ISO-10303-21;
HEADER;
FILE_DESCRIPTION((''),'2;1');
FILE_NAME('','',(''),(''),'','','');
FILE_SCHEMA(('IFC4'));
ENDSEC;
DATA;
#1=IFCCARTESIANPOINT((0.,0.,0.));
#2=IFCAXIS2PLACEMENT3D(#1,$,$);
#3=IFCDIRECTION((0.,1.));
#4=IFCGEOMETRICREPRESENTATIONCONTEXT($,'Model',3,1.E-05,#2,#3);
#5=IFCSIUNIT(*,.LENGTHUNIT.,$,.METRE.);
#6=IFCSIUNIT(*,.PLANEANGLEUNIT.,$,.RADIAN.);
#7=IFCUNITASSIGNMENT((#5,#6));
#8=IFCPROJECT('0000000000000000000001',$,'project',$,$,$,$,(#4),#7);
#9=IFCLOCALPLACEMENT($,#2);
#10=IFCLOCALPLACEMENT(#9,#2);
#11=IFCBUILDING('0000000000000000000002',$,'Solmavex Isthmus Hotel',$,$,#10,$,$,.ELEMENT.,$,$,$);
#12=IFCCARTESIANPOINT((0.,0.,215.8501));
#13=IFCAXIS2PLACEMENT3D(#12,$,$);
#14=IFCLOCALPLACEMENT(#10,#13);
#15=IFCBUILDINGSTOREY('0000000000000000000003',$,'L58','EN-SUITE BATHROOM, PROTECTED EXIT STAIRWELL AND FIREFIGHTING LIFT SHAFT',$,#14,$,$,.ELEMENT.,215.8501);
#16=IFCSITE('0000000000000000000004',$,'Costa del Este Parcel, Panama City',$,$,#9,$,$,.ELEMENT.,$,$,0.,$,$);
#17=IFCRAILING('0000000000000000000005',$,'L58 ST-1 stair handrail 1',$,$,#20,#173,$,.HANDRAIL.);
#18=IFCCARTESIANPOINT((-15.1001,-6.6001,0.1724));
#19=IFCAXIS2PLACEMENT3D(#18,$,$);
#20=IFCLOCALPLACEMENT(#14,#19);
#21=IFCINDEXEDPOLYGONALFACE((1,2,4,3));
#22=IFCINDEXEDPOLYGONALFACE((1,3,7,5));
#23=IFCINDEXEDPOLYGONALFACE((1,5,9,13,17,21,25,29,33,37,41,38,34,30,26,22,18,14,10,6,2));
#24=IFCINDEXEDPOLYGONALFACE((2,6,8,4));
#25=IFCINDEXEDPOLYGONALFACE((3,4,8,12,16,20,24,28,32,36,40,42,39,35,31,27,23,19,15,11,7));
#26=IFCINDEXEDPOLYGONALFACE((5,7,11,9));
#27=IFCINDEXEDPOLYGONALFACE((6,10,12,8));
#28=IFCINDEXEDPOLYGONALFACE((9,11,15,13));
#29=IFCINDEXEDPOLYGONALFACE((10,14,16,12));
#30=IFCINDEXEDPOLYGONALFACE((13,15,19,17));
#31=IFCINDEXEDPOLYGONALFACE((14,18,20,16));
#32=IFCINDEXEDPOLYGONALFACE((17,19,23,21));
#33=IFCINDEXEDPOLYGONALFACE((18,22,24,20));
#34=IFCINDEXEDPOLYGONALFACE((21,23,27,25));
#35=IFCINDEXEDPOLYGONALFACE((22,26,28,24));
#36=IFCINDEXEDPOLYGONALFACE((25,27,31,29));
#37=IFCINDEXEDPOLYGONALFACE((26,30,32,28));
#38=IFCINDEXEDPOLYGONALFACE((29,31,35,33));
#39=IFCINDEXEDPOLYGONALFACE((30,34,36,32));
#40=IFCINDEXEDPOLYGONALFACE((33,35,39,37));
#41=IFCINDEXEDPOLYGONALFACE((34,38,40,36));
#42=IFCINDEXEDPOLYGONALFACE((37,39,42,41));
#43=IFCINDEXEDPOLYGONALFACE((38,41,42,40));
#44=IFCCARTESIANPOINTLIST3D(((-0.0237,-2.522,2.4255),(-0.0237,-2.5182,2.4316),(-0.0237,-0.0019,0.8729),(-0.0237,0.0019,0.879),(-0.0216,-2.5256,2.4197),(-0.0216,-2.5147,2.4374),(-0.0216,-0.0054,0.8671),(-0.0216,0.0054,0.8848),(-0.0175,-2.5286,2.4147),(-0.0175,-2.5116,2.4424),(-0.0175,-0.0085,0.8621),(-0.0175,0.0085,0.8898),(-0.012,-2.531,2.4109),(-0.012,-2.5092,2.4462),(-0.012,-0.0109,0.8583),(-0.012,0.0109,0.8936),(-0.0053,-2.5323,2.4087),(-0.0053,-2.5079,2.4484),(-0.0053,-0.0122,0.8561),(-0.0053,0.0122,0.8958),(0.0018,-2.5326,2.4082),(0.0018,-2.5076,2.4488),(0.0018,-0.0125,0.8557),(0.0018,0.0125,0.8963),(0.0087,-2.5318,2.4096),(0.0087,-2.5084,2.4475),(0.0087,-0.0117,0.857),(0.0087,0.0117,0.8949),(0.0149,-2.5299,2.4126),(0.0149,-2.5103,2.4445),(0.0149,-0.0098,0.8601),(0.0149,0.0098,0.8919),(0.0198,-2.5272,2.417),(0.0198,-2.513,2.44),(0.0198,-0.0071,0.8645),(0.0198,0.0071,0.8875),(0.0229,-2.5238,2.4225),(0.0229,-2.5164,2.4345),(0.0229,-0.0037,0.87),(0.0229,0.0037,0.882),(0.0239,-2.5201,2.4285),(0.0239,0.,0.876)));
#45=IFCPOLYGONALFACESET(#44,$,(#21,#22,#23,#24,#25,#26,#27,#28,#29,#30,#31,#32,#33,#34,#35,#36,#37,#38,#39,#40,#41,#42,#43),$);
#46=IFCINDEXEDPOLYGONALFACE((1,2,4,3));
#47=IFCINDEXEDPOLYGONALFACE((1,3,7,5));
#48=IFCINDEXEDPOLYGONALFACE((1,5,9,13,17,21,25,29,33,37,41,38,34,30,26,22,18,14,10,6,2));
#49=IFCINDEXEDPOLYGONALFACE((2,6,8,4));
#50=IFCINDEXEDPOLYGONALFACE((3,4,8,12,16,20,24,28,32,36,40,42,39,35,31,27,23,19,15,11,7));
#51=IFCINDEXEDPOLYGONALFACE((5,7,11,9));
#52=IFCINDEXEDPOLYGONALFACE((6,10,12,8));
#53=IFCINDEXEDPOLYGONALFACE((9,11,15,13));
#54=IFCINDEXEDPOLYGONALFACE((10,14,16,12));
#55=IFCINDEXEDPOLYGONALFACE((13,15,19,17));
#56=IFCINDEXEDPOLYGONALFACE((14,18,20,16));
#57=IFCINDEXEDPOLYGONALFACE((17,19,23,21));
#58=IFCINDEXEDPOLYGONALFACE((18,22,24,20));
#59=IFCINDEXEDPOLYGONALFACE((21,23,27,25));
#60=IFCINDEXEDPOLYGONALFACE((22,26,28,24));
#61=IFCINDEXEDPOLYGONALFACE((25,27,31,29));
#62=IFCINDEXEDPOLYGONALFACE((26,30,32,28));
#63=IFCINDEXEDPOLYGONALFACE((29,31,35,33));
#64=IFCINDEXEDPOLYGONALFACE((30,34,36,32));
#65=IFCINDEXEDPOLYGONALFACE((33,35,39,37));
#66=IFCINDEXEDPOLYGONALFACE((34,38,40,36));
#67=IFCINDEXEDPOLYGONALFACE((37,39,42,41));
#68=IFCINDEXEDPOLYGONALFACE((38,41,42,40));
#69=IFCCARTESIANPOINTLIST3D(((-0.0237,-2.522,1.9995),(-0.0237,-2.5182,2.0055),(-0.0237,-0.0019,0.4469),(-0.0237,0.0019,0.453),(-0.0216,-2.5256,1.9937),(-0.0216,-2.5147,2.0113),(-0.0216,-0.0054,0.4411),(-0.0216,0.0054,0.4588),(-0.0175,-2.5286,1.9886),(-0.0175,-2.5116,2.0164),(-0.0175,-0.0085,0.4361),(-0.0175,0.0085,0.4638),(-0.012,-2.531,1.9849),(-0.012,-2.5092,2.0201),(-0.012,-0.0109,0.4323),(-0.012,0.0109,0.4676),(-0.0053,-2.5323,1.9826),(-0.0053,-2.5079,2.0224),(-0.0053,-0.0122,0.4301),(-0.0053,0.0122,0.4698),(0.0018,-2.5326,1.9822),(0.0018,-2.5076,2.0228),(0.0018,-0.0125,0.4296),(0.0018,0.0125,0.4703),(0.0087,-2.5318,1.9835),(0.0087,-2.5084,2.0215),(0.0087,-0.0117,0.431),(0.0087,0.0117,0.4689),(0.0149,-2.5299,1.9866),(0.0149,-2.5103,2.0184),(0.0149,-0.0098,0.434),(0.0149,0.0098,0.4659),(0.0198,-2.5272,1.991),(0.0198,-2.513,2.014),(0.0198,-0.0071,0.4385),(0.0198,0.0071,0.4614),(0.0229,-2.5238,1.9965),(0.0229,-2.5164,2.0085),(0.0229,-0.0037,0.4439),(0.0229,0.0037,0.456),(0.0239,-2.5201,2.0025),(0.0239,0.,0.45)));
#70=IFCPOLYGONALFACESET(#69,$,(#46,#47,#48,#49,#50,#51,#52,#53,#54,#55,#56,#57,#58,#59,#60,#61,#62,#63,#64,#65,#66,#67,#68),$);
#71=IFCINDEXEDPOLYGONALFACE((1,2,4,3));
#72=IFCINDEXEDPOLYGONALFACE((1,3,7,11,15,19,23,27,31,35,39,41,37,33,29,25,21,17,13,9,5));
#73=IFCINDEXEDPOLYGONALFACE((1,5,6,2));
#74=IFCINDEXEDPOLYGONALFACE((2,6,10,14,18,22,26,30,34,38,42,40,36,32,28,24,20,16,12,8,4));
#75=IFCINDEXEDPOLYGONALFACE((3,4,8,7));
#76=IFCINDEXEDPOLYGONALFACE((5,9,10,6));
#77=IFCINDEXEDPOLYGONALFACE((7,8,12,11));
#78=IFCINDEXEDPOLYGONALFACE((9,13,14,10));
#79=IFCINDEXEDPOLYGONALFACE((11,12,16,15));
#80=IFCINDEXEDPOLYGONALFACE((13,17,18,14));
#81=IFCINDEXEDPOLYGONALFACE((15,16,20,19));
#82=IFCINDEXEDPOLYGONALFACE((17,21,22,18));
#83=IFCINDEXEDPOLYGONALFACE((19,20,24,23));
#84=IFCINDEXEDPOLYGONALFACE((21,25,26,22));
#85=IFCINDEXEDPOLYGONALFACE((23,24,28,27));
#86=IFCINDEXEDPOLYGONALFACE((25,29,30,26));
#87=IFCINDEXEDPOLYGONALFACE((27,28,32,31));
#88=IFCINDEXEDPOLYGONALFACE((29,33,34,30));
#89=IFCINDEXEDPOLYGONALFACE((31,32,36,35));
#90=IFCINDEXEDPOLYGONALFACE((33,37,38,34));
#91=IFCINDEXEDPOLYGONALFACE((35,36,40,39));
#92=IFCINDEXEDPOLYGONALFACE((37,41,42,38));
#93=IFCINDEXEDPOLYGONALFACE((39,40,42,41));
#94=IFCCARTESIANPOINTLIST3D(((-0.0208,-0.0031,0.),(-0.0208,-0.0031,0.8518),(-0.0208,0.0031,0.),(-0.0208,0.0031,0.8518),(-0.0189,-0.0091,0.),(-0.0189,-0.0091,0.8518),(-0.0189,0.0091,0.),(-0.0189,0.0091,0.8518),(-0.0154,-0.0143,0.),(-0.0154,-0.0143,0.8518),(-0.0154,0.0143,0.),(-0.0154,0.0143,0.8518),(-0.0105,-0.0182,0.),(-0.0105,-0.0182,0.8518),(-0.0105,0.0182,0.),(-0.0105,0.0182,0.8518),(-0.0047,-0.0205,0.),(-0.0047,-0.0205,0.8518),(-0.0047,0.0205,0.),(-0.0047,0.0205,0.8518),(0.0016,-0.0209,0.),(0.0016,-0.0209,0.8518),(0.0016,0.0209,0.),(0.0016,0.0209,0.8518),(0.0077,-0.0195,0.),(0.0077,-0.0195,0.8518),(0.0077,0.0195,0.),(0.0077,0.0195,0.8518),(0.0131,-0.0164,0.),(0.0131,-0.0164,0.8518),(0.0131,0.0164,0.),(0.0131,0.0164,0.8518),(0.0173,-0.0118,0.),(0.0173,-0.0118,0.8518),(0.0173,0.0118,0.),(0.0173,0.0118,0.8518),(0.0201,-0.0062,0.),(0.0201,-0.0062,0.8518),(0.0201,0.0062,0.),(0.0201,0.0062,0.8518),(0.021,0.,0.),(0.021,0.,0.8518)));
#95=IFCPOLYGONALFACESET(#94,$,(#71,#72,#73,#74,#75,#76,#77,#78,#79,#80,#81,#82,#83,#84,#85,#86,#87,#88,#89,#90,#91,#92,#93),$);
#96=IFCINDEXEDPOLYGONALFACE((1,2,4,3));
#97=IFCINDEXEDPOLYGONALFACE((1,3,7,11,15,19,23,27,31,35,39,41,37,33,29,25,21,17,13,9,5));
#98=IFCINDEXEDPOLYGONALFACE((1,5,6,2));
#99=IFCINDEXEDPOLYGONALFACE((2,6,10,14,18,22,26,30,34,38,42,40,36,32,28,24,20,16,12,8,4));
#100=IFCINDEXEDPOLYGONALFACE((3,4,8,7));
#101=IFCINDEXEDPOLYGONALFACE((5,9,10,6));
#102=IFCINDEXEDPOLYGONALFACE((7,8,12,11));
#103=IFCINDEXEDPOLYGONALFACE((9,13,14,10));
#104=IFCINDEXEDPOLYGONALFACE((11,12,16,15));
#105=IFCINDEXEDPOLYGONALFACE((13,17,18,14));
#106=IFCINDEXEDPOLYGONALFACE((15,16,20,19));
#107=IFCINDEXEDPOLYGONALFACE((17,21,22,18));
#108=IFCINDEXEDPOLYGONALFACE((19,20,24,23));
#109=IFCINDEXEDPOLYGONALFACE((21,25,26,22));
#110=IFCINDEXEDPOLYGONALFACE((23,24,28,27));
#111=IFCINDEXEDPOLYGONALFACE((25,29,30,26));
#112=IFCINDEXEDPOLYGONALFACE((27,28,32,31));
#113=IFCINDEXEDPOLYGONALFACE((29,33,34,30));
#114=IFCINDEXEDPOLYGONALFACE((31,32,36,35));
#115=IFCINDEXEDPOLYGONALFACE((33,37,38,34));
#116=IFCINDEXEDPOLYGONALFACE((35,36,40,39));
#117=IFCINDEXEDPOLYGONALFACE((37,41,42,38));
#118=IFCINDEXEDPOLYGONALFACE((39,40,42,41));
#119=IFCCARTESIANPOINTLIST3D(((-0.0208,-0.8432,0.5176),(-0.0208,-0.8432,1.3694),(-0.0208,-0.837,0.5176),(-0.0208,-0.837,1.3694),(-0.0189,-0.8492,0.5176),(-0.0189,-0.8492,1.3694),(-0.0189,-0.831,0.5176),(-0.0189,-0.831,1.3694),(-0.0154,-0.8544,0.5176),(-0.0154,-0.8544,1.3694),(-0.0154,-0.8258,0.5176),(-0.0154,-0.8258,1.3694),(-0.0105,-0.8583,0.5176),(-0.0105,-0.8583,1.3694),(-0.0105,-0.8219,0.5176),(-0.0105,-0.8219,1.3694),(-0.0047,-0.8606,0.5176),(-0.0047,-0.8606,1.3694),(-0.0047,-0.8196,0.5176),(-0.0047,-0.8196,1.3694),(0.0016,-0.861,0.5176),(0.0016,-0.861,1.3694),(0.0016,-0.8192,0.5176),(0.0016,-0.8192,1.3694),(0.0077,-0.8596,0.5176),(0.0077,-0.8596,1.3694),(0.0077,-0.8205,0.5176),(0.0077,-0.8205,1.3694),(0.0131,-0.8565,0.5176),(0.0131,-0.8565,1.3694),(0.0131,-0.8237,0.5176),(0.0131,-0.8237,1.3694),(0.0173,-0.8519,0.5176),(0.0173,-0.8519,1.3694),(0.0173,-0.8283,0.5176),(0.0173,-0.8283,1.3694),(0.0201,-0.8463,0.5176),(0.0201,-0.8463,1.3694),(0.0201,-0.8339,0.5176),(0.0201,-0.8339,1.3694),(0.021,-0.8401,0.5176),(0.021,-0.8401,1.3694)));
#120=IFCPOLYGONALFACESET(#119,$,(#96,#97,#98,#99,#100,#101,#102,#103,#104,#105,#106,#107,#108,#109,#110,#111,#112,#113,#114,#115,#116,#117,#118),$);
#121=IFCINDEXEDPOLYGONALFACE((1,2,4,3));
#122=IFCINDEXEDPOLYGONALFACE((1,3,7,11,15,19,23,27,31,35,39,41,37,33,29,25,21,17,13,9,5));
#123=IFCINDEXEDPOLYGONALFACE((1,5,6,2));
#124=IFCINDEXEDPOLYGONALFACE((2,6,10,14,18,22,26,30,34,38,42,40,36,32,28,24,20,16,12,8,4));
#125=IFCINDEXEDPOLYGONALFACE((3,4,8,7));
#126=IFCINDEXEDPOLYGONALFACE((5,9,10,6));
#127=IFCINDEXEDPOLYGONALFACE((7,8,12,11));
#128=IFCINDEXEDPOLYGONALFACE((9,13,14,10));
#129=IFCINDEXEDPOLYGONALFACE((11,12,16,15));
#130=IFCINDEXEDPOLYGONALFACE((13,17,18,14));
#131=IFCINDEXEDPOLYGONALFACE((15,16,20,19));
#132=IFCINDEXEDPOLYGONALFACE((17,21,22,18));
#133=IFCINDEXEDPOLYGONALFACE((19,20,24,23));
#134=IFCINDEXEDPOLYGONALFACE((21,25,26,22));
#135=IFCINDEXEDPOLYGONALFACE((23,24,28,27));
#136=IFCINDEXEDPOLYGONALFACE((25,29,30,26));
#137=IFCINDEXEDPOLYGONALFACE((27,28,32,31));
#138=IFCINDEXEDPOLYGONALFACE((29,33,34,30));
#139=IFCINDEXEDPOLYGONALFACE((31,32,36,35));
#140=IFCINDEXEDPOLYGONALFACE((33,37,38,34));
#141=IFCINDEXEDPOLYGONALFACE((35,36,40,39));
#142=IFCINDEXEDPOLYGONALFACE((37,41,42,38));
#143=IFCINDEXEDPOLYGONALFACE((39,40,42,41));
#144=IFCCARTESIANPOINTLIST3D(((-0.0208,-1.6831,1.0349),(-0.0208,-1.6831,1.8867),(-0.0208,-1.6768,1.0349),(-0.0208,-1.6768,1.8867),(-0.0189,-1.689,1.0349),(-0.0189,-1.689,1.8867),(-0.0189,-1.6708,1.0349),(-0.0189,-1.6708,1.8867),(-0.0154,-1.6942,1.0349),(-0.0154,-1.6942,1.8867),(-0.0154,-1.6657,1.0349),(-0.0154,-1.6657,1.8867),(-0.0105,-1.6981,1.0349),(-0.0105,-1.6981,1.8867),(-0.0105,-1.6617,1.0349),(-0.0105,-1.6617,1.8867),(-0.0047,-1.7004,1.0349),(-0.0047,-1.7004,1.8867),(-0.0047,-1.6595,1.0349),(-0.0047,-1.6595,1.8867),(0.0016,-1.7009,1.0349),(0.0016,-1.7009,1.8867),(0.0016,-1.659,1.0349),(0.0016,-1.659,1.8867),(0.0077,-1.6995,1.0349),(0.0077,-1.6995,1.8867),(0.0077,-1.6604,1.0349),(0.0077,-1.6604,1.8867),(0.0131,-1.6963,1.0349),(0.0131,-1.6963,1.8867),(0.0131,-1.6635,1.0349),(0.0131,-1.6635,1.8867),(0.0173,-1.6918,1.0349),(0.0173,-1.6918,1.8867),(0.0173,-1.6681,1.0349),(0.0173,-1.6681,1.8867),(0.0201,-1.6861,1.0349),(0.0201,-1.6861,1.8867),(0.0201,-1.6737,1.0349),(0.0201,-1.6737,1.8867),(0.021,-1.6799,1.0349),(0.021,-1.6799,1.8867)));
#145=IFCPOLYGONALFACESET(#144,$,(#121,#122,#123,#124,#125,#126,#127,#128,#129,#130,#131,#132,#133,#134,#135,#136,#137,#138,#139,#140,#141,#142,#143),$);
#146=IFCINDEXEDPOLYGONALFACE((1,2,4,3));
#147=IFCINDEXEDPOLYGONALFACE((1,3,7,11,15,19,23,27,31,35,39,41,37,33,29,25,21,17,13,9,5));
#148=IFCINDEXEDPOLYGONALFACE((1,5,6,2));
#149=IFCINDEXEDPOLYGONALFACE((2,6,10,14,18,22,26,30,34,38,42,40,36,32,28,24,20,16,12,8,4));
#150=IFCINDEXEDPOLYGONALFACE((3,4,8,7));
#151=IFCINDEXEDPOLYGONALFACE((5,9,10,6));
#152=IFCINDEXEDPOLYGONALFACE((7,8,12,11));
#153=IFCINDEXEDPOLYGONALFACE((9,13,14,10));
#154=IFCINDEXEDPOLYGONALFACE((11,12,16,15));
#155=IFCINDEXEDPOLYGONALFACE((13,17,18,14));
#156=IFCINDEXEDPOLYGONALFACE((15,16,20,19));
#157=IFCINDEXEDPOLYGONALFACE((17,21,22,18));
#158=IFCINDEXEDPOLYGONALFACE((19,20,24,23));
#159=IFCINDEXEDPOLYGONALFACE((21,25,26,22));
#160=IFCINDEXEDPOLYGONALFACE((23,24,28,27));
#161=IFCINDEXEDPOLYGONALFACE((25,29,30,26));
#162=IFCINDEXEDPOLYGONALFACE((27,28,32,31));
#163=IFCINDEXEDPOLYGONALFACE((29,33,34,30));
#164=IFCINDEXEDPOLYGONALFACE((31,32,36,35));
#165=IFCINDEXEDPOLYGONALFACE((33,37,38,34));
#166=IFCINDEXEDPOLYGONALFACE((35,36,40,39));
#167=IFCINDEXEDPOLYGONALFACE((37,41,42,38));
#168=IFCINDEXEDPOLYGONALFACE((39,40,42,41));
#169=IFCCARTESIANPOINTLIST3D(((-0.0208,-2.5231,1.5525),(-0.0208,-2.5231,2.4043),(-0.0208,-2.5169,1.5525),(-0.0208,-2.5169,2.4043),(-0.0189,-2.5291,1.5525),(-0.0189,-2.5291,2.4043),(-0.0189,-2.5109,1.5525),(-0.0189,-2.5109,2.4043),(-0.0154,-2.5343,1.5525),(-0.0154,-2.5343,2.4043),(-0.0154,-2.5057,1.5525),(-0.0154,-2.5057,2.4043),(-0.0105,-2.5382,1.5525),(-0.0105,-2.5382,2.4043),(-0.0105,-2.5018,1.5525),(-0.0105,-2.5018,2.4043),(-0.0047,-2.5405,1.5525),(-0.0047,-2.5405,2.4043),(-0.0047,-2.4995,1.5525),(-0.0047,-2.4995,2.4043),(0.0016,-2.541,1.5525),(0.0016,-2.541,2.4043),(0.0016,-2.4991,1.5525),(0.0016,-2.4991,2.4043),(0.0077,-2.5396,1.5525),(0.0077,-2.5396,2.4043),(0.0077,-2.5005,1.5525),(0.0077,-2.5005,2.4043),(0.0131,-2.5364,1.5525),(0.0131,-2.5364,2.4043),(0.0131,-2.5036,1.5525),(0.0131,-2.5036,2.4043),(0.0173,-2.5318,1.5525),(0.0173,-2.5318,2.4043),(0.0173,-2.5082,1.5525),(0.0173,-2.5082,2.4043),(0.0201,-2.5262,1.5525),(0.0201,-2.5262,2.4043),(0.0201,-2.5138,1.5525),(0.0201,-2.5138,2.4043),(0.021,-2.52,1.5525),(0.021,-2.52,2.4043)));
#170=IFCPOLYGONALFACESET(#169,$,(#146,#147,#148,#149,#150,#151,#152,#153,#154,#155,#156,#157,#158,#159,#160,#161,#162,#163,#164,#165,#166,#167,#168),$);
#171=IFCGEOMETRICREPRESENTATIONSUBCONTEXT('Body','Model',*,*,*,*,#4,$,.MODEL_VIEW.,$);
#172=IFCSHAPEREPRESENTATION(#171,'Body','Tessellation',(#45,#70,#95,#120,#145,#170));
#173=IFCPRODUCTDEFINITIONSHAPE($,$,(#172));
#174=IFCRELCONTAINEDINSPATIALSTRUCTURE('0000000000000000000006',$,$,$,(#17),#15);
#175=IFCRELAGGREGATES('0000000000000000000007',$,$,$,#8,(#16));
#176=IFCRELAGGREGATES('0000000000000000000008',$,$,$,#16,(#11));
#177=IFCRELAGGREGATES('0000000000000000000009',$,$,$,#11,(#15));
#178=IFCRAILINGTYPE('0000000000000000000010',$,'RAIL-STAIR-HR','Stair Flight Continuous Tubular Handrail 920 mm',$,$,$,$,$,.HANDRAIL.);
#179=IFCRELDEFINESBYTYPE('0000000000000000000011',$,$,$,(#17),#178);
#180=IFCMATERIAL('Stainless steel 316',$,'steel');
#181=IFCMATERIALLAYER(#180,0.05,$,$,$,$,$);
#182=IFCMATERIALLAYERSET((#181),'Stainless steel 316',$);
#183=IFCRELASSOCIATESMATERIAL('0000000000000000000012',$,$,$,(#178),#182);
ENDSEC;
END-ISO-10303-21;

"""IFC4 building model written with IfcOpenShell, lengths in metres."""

from ifc_helpers import new_model, si_unit, direction, frame, origin, origin_2d, place, context, subcontext, project, spatial, circle, extrude, material, layer, layer_set, type_object, element, save


model = new_model("IFC4")

# Units and contexts
model_context = context("Model", 3, precision=1e-05, world=origin(), true_north=direction((0.0, 1.0)))
body_context = subcontext(model_context, "Body", "Model", "MODEL_VIEW")
ifc_project = project(units=[si_unit("LENGTHUNIT", "METRE"), si_unit("PLANEANGLEUNIT", "RADIAN")], contexts=[model_context])

# Site, building, storey
site_placement = place(None, origin())
site = spatial("IfcSite", under=ifc_project, at=site_placement, Name="Costa del Este Parcel, Panama City", CompositionType="ELEMENT", RefElevation=0.0)
building_placement = place(site_placement, origin())
building = spatial("IfcBuilding", under=site, at=building_placement, Name="Solmavex Isthmus Hotel", CompositionType="ELEMENT")
storey_placement = place(building_placement, frame((0.0, 0.0, 215.8501)))
storey = spatial("IfcBuildingStorey", under=building, at=storey_placement, Name="L58", Description="EN-SUITE BATHROOM, PROTECTED EXIT STAIRWELL AND FIREFIGHTING LIFT SHAFT", CompositionType="ELEMENT", Elevation=215.8501)

# Railing
ifc_material_1 = material(Name="Stainless steel 316", Category="steel")
ifc_layer_1 = layer(ifc_material_1, 0.05)
ifc_layer_set_1 = layer_set([ifc_layer_1], Name="Stainless steel 316")
railing_type_1 = type_object("IfcRailingType", Name="RAIL-STAIR-HR", Description="Stair Flight Continuous Tubular Handrail 920 mm", PredefinedType="HANDRAIL", material=ifc_layer_set_1)
railing_1_placement = place(storey_placement, frame((-15.1001, -6.6001, 0.1724)))
element("IfcRailing", 1, at=railing_1_placement, inside=storey, type_object=railing_type_1, Name="L58 ST-1 stair handrail 1", PredefinedType="HANDRAIL", context=body_context, shape_type="SweptSolid", body=[
    extrude(circle(Radius=0.0239, at=origin_2d()), frame((0.0, 0.0, 0.876), z_axis=(0.0, -0.8514, 0.524516), x_axis=(1.0, 0.0, 0.0)), (0.0, 0.0, 1.0), 2.96),
    extrude(circle(Radius=0.0239, at=origin_2d()), frame((0.0, 0.0, 0.45), z_axis=(0.0, -0.8514, 0.524516), x_axis=(1.0, 0.0, 0.0)), (0.0, 0.0, 1.0), 2.96),
    extrude(circle(Radius=0.021, at=origin_2d()), origin(), (0.0, 0.0, 1.0), 0.8518),
    extrude(circle(Radius=0.021, at=origin_2d()), frame((0.0, -0.8401, 0.5176)), (0.0, 0.0, 1.0), 0.8518),
    extrude(circle(Radius=0.021, at=origin_2d()), frame((0.0, -1.6799, 1.0349)), (0.0, 0.0, 1.0), 0.8518),
    extrude(circle(Radius=0.021, at=origin_2d()), frame((0.0, -2.52, 1.5525)), (0.0, 0.0, 1.0), 0.8518),
])

save(model, "model.ifc")
